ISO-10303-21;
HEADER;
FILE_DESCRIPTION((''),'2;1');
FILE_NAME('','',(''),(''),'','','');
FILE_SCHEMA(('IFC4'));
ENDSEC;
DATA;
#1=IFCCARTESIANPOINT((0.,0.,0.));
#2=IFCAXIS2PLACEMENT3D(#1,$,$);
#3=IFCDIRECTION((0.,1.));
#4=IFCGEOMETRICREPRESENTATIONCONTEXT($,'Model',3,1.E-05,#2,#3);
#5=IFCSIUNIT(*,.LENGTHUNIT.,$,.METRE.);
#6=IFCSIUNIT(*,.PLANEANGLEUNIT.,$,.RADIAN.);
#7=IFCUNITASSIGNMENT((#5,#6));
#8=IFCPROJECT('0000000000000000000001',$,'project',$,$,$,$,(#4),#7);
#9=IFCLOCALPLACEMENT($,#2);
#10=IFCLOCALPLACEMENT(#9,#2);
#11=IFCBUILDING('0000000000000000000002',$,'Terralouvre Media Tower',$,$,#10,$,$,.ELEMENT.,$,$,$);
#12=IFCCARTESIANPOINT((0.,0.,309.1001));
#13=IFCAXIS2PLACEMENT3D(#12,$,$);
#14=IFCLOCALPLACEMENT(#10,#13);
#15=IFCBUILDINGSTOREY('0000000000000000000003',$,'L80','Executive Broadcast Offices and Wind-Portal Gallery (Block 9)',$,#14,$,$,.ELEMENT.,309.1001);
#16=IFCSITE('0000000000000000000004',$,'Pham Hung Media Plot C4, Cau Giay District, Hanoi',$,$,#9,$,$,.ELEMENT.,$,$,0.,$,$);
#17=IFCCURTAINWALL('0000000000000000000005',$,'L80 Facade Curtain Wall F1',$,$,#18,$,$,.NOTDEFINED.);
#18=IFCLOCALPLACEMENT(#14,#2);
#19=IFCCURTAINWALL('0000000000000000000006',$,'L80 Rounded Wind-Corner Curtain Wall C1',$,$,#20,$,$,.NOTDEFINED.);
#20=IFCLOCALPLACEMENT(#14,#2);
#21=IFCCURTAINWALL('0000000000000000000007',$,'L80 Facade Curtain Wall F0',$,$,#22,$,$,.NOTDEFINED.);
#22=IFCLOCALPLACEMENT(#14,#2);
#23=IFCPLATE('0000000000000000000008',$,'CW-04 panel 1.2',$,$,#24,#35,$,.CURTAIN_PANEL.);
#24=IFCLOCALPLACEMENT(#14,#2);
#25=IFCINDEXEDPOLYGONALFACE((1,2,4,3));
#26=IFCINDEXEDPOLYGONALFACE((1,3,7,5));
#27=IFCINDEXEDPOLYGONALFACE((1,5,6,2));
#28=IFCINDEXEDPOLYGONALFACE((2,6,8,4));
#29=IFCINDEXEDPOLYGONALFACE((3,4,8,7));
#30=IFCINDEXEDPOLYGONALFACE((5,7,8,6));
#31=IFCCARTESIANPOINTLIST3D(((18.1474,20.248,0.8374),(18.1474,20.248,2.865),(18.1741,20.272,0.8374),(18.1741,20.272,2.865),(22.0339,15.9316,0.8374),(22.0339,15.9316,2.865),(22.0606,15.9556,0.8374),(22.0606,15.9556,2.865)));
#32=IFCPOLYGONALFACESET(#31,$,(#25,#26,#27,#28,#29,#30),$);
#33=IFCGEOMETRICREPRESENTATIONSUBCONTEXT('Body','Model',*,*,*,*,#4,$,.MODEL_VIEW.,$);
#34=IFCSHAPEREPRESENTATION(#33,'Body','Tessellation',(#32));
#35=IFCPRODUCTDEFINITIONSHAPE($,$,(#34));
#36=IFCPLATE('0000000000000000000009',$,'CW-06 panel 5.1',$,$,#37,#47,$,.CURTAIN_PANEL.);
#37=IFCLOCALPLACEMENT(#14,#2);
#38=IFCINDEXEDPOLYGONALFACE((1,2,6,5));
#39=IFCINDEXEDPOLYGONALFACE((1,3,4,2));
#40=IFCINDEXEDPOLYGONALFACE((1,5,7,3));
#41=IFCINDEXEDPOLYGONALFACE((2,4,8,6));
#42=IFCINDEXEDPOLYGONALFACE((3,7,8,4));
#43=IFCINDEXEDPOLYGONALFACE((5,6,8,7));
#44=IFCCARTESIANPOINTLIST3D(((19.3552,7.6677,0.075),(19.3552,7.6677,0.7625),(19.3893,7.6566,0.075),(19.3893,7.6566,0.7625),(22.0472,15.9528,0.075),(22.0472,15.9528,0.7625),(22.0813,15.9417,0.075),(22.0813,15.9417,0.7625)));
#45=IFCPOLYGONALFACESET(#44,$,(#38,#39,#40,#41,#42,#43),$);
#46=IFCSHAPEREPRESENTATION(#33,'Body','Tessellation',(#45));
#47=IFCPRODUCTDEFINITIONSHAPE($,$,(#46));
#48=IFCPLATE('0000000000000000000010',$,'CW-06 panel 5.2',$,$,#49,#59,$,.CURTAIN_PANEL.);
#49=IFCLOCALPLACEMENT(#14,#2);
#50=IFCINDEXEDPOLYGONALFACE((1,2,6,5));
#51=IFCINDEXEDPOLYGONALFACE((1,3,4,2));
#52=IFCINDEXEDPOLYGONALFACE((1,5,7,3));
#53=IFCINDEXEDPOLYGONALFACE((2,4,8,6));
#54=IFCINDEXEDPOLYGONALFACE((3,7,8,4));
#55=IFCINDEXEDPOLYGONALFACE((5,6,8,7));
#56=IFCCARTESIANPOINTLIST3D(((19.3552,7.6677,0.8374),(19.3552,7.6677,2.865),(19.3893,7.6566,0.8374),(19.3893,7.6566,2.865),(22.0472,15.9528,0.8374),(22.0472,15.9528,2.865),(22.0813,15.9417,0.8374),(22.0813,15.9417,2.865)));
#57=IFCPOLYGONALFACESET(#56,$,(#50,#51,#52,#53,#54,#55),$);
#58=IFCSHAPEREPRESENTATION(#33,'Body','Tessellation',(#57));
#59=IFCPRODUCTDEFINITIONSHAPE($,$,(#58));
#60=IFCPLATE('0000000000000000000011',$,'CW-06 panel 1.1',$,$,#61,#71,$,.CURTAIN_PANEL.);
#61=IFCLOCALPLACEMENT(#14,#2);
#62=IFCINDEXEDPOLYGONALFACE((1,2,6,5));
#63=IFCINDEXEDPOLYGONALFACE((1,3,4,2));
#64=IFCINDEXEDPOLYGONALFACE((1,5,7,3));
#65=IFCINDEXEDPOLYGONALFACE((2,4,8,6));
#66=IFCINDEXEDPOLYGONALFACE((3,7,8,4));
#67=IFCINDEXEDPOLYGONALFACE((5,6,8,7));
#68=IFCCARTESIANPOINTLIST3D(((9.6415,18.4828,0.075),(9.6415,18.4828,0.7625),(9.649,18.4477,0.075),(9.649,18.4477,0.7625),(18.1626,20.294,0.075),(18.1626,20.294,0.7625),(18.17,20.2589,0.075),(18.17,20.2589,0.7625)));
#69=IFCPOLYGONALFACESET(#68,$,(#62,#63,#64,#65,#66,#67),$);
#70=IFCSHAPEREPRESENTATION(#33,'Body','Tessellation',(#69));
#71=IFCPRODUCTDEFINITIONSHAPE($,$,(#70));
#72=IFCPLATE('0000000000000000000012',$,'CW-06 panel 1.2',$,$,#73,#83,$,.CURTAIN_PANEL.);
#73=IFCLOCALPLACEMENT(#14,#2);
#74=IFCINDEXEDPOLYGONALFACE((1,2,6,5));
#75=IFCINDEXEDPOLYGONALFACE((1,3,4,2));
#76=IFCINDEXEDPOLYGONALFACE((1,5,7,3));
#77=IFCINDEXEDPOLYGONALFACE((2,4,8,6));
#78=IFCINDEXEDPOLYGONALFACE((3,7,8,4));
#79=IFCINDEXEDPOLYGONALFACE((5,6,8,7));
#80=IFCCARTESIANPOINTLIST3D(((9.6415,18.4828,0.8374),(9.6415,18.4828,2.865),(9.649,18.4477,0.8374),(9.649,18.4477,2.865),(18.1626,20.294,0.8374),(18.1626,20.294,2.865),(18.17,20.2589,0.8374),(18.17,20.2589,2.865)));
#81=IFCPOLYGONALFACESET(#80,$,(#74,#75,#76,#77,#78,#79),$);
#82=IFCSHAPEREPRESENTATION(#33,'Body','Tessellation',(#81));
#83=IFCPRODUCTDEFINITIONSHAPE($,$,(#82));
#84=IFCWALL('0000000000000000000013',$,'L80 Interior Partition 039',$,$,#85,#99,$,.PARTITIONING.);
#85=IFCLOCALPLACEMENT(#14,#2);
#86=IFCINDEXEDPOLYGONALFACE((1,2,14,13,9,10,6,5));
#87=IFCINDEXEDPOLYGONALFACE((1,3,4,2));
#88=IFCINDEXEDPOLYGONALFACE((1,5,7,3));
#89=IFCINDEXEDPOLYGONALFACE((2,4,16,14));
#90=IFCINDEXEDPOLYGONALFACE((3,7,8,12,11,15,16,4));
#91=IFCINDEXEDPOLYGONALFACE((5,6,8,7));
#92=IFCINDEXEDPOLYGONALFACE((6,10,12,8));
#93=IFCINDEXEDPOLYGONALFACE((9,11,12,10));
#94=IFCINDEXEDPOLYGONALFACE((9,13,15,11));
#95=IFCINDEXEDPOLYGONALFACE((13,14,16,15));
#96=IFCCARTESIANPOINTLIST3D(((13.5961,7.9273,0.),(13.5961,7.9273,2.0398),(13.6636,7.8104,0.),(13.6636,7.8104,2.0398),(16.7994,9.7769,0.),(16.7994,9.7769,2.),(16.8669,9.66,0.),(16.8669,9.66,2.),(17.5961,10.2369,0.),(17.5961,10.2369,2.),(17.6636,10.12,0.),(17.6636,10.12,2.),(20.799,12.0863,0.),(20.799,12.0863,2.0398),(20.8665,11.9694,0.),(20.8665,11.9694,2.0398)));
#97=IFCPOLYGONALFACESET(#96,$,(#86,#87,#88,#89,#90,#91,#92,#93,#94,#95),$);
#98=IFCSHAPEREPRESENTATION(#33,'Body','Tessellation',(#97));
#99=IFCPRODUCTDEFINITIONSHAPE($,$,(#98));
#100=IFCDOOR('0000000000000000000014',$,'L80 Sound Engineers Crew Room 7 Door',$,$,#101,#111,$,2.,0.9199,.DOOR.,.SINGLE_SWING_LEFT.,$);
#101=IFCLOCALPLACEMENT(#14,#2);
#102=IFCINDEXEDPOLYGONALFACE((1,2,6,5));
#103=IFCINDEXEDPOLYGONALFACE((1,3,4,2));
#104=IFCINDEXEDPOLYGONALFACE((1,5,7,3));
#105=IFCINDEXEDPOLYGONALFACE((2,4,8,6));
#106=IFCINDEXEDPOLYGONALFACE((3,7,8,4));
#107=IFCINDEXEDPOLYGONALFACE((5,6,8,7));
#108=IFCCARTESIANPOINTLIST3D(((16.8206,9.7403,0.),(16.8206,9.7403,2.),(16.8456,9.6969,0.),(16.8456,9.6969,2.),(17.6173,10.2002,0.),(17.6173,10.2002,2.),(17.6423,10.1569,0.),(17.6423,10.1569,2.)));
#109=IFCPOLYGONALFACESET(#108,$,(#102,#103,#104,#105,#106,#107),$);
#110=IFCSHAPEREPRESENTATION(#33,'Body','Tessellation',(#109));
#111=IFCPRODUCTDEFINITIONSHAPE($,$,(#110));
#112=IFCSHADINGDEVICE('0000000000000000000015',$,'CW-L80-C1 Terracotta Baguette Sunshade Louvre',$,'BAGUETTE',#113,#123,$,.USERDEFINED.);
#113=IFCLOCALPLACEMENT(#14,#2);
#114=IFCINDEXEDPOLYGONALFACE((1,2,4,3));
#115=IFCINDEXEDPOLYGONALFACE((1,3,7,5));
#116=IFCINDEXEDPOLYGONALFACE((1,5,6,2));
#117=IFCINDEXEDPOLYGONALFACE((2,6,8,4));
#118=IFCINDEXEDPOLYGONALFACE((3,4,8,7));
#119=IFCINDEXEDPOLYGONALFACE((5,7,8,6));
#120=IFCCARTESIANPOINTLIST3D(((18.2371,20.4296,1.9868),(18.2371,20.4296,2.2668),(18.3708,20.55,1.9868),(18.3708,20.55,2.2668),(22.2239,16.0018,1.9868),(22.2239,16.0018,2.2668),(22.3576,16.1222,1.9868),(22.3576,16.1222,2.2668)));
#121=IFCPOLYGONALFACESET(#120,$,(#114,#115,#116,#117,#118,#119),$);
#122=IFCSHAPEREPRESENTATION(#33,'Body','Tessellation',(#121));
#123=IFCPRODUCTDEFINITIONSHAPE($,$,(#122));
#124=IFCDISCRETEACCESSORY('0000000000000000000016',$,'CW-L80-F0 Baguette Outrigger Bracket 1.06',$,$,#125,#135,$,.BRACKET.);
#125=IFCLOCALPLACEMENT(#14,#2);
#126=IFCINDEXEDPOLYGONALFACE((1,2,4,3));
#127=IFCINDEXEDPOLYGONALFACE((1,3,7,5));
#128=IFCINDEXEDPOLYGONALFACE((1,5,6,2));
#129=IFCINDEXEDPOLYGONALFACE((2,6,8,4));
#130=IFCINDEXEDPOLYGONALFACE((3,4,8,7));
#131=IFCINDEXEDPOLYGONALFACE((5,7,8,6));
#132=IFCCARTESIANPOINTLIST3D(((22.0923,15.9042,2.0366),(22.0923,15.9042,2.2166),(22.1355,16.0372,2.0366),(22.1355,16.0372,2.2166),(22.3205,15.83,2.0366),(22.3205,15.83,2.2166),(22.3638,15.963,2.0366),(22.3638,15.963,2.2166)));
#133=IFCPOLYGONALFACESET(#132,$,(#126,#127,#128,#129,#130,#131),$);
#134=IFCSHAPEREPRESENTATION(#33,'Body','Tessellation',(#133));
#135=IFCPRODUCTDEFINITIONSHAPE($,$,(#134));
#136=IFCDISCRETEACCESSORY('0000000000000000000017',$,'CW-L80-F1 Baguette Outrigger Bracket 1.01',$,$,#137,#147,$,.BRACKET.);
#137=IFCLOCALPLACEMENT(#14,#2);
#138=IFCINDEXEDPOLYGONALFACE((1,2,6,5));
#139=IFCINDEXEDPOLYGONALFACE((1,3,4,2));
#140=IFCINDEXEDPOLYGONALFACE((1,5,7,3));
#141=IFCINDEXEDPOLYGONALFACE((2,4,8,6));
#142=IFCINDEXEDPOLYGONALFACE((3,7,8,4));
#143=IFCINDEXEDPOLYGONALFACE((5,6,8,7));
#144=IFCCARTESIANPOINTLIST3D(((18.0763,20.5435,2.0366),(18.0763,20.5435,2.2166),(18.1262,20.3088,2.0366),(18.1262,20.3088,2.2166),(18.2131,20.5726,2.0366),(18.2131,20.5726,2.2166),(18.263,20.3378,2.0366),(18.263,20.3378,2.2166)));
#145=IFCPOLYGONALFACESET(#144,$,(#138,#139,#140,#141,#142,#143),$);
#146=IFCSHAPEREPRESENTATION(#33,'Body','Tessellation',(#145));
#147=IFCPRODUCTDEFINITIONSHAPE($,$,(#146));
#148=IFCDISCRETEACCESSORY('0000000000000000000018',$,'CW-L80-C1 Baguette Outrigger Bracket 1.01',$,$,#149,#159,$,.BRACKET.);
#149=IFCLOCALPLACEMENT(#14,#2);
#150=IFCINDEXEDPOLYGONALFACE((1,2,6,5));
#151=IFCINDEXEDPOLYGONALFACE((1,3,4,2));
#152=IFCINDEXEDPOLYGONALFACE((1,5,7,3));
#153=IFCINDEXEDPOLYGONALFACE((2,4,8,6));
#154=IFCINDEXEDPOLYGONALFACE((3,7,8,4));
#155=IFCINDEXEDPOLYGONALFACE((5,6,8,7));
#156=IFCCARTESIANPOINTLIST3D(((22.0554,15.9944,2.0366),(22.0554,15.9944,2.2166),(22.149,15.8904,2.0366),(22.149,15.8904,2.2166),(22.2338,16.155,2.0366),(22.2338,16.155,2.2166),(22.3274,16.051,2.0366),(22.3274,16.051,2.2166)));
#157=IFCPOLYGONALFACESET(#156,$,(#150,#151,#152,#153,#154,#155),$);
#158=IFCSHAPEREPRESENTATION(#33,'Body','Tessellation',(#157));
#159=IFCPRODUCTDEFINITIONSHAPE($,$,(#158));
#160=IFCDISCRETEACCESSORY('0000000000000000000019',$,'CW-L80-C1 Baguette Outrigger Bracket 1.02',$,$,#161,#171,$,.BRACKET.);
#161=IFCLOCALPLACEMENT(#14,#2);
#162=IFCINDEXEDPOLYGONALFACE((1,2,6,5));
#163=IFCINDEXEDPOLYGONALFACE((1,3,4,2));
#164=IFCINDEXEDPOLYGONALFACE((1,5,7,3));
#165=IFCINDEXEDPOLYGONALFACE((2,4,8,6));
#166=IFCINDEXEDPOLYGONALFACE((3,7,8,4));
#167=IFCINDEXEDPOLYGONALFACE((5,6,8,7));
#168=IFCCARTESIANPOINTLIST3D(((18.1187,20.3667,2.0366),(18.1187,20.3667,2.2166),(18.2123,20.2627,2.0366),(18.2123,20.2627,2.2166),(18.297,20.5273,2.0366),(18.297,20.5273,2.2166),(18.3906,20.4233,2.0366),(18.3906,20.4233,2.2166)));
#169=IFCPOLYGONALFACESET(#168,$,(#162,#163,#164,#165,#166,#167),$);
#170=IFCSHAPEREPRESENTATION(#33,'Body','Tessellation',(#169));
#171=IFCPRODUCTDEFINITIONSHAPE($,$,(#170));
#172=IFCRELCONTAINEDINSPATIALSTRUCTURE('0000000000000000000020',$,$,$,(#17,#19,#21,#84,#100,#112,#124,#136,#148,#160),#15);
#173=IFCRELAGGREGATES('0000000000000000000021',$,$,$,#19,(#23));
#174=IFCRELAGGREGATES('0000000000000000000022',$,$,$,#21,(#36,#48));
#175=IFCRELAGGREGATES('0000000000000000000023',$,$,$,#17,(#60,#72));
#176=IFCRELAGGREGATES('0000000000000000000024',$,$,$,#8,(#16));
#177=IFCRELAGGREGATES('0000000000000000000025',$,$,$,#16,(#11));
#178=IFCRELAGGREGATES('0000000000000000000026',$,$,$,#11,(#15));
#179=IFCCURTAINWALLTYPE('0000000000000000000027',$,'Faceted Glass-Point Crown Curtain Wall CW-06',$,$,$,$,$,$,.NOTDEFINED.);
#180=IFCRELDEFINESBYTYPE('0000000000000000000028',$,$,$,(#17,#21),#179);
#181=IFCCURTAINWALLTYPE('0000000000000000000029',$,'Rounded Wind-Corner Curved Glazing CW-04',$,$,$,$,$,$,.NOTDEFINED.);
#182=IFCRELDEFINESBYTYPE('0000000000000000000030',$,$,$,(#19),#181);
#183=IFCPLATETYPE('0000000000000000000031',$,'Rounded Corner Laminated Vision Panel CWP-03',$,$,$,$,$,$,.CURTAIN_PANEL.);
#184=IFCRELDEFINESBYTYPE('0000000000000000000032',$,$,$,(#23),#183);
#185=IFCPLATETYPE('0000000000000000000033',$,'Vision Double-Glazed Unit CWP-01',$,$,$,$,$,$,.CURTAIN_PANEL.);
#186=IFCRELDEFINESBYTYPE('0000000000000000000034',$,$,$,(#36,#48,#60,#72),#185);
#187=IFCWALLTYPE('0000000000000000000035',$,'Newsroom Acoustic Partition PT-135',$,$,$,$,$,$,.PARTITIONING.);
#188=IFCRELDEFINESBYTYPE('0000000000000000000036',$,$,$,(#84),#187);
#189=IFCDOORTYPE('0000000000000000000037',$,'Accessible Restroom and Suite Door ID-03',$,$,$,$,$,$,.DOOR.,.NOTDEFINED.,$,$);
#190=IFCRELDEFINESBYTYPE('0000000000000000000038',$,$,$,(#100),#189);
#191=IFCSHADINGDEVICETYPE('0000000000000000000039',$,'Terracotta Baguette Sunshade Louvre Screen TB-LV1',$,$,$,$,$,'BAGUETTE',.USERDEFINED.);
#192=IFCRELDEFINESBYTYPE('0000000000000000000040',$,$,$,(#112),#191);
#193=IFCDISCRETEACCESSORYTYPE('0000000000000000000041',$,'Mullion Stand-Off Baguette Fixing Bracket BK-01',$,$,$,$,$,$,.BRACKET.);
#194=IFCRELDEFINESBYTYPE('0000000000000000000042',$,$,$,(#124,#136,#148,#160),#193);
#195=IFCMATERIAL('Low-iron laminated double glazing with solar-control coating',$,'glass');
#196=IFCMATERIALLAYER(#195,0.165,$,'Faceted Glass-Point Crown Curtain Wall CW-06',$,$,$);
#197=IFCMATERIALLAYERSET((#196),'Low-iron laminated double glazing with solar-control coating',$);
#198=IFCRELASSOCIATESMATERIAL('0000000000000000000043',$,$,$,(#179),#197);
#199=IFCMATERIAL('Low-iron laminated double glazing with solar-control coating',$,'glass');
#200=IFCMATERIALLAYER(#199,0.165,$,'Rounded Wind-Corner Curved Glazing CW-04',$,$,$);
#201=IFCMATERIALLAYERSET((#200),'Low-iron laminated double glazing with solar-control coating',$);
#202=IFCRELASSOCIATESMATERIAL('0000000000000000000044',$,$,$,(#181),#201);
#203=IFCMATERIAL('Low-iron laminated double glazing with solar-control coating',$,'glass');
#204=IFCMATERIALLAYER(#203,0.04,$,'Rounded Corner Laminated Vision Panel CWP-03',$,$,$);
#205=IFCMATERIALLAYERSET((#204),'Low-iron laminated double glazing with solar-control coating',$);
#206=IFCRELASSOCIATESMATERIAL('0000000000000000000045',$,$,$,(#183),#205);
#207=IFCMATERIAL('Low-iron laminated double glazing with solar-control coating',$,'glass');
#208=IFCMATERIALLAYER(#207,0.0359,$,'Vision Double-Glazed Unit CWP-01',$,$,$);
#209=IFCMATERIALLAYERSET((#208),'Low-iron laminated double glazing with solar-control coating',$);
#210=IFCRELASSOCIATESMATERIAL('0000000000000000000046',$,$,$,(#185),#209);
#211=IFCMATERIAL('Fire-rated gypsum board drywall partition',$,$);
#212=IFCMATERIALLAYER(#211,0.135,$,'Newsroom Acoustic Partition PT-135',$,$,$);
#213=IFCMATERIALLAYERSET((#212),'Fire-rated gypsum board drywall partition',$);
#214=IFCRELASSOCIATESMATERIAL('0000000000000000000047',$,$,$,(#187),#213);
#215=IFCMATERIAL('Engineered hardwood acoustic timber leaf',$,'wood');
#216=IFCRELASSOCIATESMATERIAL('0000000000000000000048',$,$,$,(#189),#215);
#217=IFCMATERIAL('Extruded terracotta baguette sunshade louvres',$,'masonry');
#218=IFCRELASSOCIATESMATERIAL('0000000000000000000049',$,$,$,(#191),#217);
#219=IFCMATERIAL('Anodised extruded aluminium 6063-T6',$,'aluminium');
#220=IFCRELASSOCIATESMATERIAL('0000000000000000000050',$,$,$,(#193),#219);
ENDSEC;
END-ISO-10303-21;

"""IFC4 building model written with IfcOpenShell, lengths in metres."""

from ifc_helpers import new_model, si_unit, direction, frame, frame_2d, origin, origin_2d, place, context, subcontext, project, spatial, rectangle, extrude, material, layer, layer_set, type_object, element, fill, aggregate, save


model = new_model("IFC4")

# Units and contexts
model_context = context("Model", 3, precision=1e-05, world=origin(), true_north=direction((0.0, 1.0)))
body_context = subcontext(model_context, "Body", "Model", "MODEL_VIEW")
ifc_project = project(units=[si_unit("LENGTHUNIT", "METRE"), si_unit("PLANEANGLEUNIT", "RADIAN")], contexts=[model_context])

# Site, building, storey
site_placement = place(None, origin())
site = spatial("IfcSite", under=ifc_project, at=site_placement, Name="Pham Hung Media Plot C4, Cau Giay District, Hanoi", CompositionType="ELEMENT", RefElevation=0.0)
building_placement = place(site_placement, origin())
building = spatial("IfcBuilding", under=site, at=building_placement, Name="Terralouvre Media Tower", CompositionType="ELEMENT")
storey_placement = place(building_placement, frame((0.0, 0.0, 309.1001)))
storey = spatial("IfcBuildingStorey", under=building, at=storey_placement, Name="L80", Description="Executive Broadcast Offices and Wind-Portal Gallery (Block 9)", CompositionType="ELEMENT", Elevation=309.1001)

# Curtain walls
ifc_material_1 = material(Name="Low-iron laminated double glazing with solar-control coating", Category="glass")
ifc_layer_1 = layer(ifc_material_1, 0.165, Name="Faceted Glass-Point Crown Curtain Wall CW-06")
ifc_layer_set_1 = layer_set([ifc_layer_1], Name="Low-iron laminated double glazing with solar-control coating")
curtain_wall_type_1 = type_object("IfcCurtainWallType", Name="Faceted Glass-Point Crown Curtain Wall CW-06", PredefinedType="NOTDEFINED", material=ifc_layer_set_1)
curtain_wall_1_placement = place(storey_placement, origin())
curtain_wall_1 = element("IfcCurtainWall", 1, at=curtain_wall_1_placement, inside=storey, type_object=curtain_wall_type_1, Name="L80 Facade Curtain Wall F1", PredefinedType="NOTDEFINED")
ifc_material_2 = material(Name="Low-iron laminated double glazing with solar-control coating", Category="glass")
ifc_layer_2 = layer(ifc_material_2, 0.165, Name="Rounded Wind-Corner Curved Glazing CW-04")
ifc_layer_set_2 = layer_set([ifc_layer_2], Name="Low-iron laminated double glazing with solar-control coating")
curtain_wall_type_2 = type_object("IfcCurtainWallType", Name="Rounded Wind-Corner Curved Glazing CW-04", PredefinedType="NOTDEFINED", material=ifc_layer_set_2)
curtain_wall_2_placement = place(storey_placement, origin())
curtain_wall_2 = element("IfcCurtainWall", 2, at=curtain_wall_2_placement, inside=storey, type_object=curtain_wall_type_2, Name="L80 Rounded Wind-Corner Curtain Wall C1", PredefinedType="NOTDEFINED")

# Curtain wall
curtain_wall_3_placement = place(storey_placement, origin())
curtain_wall_3 = element("IfcCurtainWall", 3, at=curtain_wall_3_placement, inside=storey, type_object=curtain_wall_type_1, Name="L80 Facade Curtain Wall F0", PredefinedType="NOTDEFINED")

# Plates
ifc_material_3 = material(Name="Low-iron laminated double glazing with solar-control coating", Category="glass")
ifc_layer_3 = layer(ifc_material_3, 0.04, Name="Rounded Corner Laminated Vision Panel CWP-03")
ifc_layer_set_3 = layer_set([ifc_layer_3], Name="Low-iron laminated double glazing with solar-control coating")
plate_type_1 = type_object("IfcPlateType", Name="Rounded Corner Laminated Vision Panel CWP-03", PredefinedType="CURTAIN_PANEL", material=ifc_layer_set_3)
plate_1_placement = place(storey_placement, frame((20.104, 18.1018, 0.8374), z_axis=(0.0, 0.0, 1.0), x_axis=(-0.66913, 0.743145, 0.0)))
plate_1 = element("IfcPlate", 4, at=plate_1_placement, type_object=plate_type_1, Name="CW-04 panel 1.2", PredefinedType="CURTAIN_PANEL", context=body_context, shape_type="SweptSolid", body=[
    extrude(rectangle(XDim=5.8083, YDim=0.0359, at=origin_2d()), origin(), (0.0, 0.0, 1.0), 2.0276),
])
aggregate(curtain_wall_2, [plate_1])
ifc_material_4 = material(Name="Low-iron laminated double glazing with solar-control coating", Category="glass")
ifc_layer_4 = layer(ifc_material_4, 0.0359, Name="Vision Double-Glazed Unit CWP-01")
ifc_layer_set_4 = layer_set([ifc_layer_4], Name="Low-iron laminated double glazing with solar-control coating")
plate_type_2 = type_object("IfcPlateType", Name="Vision Double-Glazed Unit CWP-01", PredefinedType="CURTAIN_PANEL", material=ifc_layer_set_4)
plate_2_placement = place(storey_placement, frame((20.7183, 11.8047, 0.075), z_axis=(0.0, 0.0, 1.0), x_axis=(0.309017, 0.951057, 0.0)))
plate_2 = element("IfcPlate", 5, at=plate_2_placement, type_object=plate_type_2, Name="CW-06 panel 5.1", PredefinedType="CURTAIN_PANEL", context=body_context, shape_type="SweptSolid", body=[
    extrude(rectangle(XDim=8.7114, YDim=0.0359, at=origin_2d()), origin(), (0.0, 0.0, 1.0), 0.6875),
])
plate_3_placement = place(storey_placement, frame((20.7183, 11.8047, 0.8374), z_axis=(0.0, 0.0, 1.0), x_axis=(0.309017, 0.951057, 0.0)))
plate_3 = element("IfcPlate", 6, at=plate_3_placement, type_object=plate_type_2, Name="CW-06 panel 5.2", PredefinedType="CURTAIN_PANEL", context=body_context, shape_type="SweptSolid", body=[
    extrude(rectangle(XDim=8.7114, YDim=0.0359, at=origin_2d()), origin(), (0.0, 0.0, 1.0), 2.0276),
])
aggregate(curtain_wall_3, [plate_2, plate_3])
plate_4_placement = place(storey_placement, frame((13.9058, 19.3708, 0.075), z_axis=(0.0, 0.0, 1.0), x_axis=(-0.978148, -0.207912, 0.0)))
plate_4 = element("IfcPlate", 7, at=plate_4_placement, type_object=plate_type_2, Name="CW-06 panel 1.1", PredefinedType="CURTAIN_PANEL", context=body_context, shape_type="SweptSolid", body=[
    extrude(rectangle(XDim=8.7114, YDim=0.0359, at=origin_2d()), origin(), (0.0, 0.0, 1.0), 0.6875),
])
plate_5_placement = place(storey_placement, frame((13.9058, 19.3708, 0.8374), z_axis=(0.0, 0.0, 1.0), x_axis=(-0.978148, -0.207912, 0.0)))
plate_5 = element("IfcPlate", 8, at=plate_5_placement, type_object=plate_type_2, Name="CW-06 panel 1.2", PredefinedType="CURTAIN_PANEL", context=body_context, shape_type="SweptSolid", body=[
    extrude(rectangle(XDim=8.7114, YDim=0.0359, at=origin_2d()), origin(), (0.0, 0.0, 1.0), 2.0276),
])
aggregate(curtain_wall_1, [plate_4, plate_5])

# Wall, opening, door
ifc_material_5 = material(Name="Fire-rated gypsum board drywall partition")
ifc_layer_5 = layer(ifc_material_5, 0.135, Name="Newsroom Acoustic Partition PT-135")
ifc_layer_set_5 = layer_set([ifc_layer_5], Name="Fire-rated gypsum board drywall partition")
wall_type = type_object("IfcWallType", Name="Newsroom Acoustic Partition PT-135", PredefinedType="PARTITIONING", material=ifc_layer_set_5)
wall_placement = place(storey_placement, frame((20.8328, 12.0278, 0.0), z_axis=(0.0, 0.0, 1.0), x_axis=(-0.866007, -0.500032, 0.0)))
wall = element("IfcWall", 9, at=wall_placement, inside=storey, type_object=wall_type, Name="L80 Interior Partition 039", PredefinedType="PARTITIONING", context=body_context, shape_type="SweptSolid", body=[
    extrude(rectangle(XDim=8.3174, YDim=0.135, at=frame_2d((4.1587, 0.0))), origin(), (0.0, 0.0, 1.0), 2.0398),
])
opening_placement = place(wall_placement, frame((3.6985, 0.0, 0.0)))
opening = element("IfcOpeningElement", 10, at=opening_placement, cuts=wall, PredefinedType="OPENING", context=body_context, shape_type="SweptSolid", body=[
    extrude(rectangle(XDim=0.9199, YDim=2.0, at=frame_2d((0.46, 1.0))), frame((0.0, 0.0774, 0.0), z_axis=(0.0, -1.0, 0.0), x_axis=(1.0, 0.0, 0.0)), (0.0, 0.0, 1.0), 0.155),
])
ifc_material_6 = material(Name="Engineered hardwood acoustic timber leaf", Category="wood")
door_type = type_object("IfcDoorType", Name="Accessible Restroom and Suite Door ID-03", OperationType="NOTDEFINED", PredefinedType="DOOR", material=ifc_material_6)
door_placement = place(opening_placement, origin())
door = element("IfcDoor", 11, at=door_placement, inside=storey, type_object=door_type, Name="L80 Sound Engineers Crew Room 7 Door", OperationType="SINGLE_SWING_LEFT", OverallHeight=2.0, OverallWidth=0.9199, PredefinedType="DOOR", context=body_context, shape_type="SweptSolid", body=[
    extrude(rectangle(XDim=0.9199, YDim=2.0, at=frame_2d((0.46, 1.0))), frame((0.0, 0.0249, 0.0), z_axis=(0.0, -1.0, 0.0), x_axis=(1.0, 0.0, 0.0)), (0.0, 0.0, 1.0), 0.05),
])
fill(opening, door)

# Shading device
ifc_material_7 = material(Name="Extruded terracotta baguette sunshade louvres", Category="masonry")
shading_device_type = type_object("IfcShadingDeviceType", Name="Terracotta Baguette Sunshade Louvre Screen TB-LV1", ElementType="BAGUETTE", PredefinedType="USERDEFINED", material=ifc_material_7)
shading_device_placement = place(storey_placement, frame((20.2974, 18.2759, 1.9868), z_axis=(0.0, 0.0, 1.0), x_axis=(-0.66913, 0.743145, 0.0)))
element("IfcShadingDevice", 12, at=shading_device_placement, inside=storey, type_object=shading_device_type, Name="CW-L80-C1 Terracotta Baguette Sunshade Louvre", ObjectType="BAGUETTE", PredefinedType="USERDEFINED", context=body_context, shape_type="SweptSolid", body=[
    extrude(rectangle(XDim=5.9583, YDim=0.1799, at=origin_2d()), origin(), (0.0, 0.0, 1.0), 0.28),
])

# Discrete accessories
ifc_material_8 = material(Name="Anodised extruded aluminium 6063-T6", Category="aluminium")
discrete_accessory_type = type_object("IfcDiscreteAccessoryType", Name="Mullion Stand-Off Baguette Fixing Bracket BK-01", PredefinedType="BRACKET", material=ifc_material_8)
for number, where, z_axis, x_axis, name in (
    (13, (22.228, 15.9336, 2.0366), (0.0, 0.0, 1.0), (0.309017, 0.951057, 0.0), "CW-L80-F0 Baguette Outrigger Bracket 1.06"),
    (14, (18.1697, 20.4407, 2.0366), (0.0, 0.0, 1.0), (-0.978148, -0.207912, 0.0), "CW-L80-F1 Baguette Outrigger Bracket 1.01"),
    (15, (22.1914, 16.0227, 2.0366), (0.0, 0.0, 1.0), (-0.66913, 0.743145, 0.0), "CW-L80-C1 Baguette Outrigger Bracket 1.01"),
    (16, (18.2546, 20.395, 2.0366), (0.0, 0.0, 1.0), (-0.66913, 0.743145, 0.0), "CW-L80-C1 Baguette Outrigger Bracket 1.02"),
):
    element("IfcDiscreteAccessory", number, at=place(storey_placement, frame(where, z_axis=z_axis, x_axis=x_axis)), inside=storey, type_object=discrete_accessory_type, Name=name, PredefinedType="BRACKET", context=body_context, shape_type="SweptSolid", body=[
        extrude(rectangle(XDim=0.1399, YDim=0.24, at=origin_2d()), origin(), (0.0, 0.0, 1.0), 0.1799),
    ])

save(model, "model.ifc")
